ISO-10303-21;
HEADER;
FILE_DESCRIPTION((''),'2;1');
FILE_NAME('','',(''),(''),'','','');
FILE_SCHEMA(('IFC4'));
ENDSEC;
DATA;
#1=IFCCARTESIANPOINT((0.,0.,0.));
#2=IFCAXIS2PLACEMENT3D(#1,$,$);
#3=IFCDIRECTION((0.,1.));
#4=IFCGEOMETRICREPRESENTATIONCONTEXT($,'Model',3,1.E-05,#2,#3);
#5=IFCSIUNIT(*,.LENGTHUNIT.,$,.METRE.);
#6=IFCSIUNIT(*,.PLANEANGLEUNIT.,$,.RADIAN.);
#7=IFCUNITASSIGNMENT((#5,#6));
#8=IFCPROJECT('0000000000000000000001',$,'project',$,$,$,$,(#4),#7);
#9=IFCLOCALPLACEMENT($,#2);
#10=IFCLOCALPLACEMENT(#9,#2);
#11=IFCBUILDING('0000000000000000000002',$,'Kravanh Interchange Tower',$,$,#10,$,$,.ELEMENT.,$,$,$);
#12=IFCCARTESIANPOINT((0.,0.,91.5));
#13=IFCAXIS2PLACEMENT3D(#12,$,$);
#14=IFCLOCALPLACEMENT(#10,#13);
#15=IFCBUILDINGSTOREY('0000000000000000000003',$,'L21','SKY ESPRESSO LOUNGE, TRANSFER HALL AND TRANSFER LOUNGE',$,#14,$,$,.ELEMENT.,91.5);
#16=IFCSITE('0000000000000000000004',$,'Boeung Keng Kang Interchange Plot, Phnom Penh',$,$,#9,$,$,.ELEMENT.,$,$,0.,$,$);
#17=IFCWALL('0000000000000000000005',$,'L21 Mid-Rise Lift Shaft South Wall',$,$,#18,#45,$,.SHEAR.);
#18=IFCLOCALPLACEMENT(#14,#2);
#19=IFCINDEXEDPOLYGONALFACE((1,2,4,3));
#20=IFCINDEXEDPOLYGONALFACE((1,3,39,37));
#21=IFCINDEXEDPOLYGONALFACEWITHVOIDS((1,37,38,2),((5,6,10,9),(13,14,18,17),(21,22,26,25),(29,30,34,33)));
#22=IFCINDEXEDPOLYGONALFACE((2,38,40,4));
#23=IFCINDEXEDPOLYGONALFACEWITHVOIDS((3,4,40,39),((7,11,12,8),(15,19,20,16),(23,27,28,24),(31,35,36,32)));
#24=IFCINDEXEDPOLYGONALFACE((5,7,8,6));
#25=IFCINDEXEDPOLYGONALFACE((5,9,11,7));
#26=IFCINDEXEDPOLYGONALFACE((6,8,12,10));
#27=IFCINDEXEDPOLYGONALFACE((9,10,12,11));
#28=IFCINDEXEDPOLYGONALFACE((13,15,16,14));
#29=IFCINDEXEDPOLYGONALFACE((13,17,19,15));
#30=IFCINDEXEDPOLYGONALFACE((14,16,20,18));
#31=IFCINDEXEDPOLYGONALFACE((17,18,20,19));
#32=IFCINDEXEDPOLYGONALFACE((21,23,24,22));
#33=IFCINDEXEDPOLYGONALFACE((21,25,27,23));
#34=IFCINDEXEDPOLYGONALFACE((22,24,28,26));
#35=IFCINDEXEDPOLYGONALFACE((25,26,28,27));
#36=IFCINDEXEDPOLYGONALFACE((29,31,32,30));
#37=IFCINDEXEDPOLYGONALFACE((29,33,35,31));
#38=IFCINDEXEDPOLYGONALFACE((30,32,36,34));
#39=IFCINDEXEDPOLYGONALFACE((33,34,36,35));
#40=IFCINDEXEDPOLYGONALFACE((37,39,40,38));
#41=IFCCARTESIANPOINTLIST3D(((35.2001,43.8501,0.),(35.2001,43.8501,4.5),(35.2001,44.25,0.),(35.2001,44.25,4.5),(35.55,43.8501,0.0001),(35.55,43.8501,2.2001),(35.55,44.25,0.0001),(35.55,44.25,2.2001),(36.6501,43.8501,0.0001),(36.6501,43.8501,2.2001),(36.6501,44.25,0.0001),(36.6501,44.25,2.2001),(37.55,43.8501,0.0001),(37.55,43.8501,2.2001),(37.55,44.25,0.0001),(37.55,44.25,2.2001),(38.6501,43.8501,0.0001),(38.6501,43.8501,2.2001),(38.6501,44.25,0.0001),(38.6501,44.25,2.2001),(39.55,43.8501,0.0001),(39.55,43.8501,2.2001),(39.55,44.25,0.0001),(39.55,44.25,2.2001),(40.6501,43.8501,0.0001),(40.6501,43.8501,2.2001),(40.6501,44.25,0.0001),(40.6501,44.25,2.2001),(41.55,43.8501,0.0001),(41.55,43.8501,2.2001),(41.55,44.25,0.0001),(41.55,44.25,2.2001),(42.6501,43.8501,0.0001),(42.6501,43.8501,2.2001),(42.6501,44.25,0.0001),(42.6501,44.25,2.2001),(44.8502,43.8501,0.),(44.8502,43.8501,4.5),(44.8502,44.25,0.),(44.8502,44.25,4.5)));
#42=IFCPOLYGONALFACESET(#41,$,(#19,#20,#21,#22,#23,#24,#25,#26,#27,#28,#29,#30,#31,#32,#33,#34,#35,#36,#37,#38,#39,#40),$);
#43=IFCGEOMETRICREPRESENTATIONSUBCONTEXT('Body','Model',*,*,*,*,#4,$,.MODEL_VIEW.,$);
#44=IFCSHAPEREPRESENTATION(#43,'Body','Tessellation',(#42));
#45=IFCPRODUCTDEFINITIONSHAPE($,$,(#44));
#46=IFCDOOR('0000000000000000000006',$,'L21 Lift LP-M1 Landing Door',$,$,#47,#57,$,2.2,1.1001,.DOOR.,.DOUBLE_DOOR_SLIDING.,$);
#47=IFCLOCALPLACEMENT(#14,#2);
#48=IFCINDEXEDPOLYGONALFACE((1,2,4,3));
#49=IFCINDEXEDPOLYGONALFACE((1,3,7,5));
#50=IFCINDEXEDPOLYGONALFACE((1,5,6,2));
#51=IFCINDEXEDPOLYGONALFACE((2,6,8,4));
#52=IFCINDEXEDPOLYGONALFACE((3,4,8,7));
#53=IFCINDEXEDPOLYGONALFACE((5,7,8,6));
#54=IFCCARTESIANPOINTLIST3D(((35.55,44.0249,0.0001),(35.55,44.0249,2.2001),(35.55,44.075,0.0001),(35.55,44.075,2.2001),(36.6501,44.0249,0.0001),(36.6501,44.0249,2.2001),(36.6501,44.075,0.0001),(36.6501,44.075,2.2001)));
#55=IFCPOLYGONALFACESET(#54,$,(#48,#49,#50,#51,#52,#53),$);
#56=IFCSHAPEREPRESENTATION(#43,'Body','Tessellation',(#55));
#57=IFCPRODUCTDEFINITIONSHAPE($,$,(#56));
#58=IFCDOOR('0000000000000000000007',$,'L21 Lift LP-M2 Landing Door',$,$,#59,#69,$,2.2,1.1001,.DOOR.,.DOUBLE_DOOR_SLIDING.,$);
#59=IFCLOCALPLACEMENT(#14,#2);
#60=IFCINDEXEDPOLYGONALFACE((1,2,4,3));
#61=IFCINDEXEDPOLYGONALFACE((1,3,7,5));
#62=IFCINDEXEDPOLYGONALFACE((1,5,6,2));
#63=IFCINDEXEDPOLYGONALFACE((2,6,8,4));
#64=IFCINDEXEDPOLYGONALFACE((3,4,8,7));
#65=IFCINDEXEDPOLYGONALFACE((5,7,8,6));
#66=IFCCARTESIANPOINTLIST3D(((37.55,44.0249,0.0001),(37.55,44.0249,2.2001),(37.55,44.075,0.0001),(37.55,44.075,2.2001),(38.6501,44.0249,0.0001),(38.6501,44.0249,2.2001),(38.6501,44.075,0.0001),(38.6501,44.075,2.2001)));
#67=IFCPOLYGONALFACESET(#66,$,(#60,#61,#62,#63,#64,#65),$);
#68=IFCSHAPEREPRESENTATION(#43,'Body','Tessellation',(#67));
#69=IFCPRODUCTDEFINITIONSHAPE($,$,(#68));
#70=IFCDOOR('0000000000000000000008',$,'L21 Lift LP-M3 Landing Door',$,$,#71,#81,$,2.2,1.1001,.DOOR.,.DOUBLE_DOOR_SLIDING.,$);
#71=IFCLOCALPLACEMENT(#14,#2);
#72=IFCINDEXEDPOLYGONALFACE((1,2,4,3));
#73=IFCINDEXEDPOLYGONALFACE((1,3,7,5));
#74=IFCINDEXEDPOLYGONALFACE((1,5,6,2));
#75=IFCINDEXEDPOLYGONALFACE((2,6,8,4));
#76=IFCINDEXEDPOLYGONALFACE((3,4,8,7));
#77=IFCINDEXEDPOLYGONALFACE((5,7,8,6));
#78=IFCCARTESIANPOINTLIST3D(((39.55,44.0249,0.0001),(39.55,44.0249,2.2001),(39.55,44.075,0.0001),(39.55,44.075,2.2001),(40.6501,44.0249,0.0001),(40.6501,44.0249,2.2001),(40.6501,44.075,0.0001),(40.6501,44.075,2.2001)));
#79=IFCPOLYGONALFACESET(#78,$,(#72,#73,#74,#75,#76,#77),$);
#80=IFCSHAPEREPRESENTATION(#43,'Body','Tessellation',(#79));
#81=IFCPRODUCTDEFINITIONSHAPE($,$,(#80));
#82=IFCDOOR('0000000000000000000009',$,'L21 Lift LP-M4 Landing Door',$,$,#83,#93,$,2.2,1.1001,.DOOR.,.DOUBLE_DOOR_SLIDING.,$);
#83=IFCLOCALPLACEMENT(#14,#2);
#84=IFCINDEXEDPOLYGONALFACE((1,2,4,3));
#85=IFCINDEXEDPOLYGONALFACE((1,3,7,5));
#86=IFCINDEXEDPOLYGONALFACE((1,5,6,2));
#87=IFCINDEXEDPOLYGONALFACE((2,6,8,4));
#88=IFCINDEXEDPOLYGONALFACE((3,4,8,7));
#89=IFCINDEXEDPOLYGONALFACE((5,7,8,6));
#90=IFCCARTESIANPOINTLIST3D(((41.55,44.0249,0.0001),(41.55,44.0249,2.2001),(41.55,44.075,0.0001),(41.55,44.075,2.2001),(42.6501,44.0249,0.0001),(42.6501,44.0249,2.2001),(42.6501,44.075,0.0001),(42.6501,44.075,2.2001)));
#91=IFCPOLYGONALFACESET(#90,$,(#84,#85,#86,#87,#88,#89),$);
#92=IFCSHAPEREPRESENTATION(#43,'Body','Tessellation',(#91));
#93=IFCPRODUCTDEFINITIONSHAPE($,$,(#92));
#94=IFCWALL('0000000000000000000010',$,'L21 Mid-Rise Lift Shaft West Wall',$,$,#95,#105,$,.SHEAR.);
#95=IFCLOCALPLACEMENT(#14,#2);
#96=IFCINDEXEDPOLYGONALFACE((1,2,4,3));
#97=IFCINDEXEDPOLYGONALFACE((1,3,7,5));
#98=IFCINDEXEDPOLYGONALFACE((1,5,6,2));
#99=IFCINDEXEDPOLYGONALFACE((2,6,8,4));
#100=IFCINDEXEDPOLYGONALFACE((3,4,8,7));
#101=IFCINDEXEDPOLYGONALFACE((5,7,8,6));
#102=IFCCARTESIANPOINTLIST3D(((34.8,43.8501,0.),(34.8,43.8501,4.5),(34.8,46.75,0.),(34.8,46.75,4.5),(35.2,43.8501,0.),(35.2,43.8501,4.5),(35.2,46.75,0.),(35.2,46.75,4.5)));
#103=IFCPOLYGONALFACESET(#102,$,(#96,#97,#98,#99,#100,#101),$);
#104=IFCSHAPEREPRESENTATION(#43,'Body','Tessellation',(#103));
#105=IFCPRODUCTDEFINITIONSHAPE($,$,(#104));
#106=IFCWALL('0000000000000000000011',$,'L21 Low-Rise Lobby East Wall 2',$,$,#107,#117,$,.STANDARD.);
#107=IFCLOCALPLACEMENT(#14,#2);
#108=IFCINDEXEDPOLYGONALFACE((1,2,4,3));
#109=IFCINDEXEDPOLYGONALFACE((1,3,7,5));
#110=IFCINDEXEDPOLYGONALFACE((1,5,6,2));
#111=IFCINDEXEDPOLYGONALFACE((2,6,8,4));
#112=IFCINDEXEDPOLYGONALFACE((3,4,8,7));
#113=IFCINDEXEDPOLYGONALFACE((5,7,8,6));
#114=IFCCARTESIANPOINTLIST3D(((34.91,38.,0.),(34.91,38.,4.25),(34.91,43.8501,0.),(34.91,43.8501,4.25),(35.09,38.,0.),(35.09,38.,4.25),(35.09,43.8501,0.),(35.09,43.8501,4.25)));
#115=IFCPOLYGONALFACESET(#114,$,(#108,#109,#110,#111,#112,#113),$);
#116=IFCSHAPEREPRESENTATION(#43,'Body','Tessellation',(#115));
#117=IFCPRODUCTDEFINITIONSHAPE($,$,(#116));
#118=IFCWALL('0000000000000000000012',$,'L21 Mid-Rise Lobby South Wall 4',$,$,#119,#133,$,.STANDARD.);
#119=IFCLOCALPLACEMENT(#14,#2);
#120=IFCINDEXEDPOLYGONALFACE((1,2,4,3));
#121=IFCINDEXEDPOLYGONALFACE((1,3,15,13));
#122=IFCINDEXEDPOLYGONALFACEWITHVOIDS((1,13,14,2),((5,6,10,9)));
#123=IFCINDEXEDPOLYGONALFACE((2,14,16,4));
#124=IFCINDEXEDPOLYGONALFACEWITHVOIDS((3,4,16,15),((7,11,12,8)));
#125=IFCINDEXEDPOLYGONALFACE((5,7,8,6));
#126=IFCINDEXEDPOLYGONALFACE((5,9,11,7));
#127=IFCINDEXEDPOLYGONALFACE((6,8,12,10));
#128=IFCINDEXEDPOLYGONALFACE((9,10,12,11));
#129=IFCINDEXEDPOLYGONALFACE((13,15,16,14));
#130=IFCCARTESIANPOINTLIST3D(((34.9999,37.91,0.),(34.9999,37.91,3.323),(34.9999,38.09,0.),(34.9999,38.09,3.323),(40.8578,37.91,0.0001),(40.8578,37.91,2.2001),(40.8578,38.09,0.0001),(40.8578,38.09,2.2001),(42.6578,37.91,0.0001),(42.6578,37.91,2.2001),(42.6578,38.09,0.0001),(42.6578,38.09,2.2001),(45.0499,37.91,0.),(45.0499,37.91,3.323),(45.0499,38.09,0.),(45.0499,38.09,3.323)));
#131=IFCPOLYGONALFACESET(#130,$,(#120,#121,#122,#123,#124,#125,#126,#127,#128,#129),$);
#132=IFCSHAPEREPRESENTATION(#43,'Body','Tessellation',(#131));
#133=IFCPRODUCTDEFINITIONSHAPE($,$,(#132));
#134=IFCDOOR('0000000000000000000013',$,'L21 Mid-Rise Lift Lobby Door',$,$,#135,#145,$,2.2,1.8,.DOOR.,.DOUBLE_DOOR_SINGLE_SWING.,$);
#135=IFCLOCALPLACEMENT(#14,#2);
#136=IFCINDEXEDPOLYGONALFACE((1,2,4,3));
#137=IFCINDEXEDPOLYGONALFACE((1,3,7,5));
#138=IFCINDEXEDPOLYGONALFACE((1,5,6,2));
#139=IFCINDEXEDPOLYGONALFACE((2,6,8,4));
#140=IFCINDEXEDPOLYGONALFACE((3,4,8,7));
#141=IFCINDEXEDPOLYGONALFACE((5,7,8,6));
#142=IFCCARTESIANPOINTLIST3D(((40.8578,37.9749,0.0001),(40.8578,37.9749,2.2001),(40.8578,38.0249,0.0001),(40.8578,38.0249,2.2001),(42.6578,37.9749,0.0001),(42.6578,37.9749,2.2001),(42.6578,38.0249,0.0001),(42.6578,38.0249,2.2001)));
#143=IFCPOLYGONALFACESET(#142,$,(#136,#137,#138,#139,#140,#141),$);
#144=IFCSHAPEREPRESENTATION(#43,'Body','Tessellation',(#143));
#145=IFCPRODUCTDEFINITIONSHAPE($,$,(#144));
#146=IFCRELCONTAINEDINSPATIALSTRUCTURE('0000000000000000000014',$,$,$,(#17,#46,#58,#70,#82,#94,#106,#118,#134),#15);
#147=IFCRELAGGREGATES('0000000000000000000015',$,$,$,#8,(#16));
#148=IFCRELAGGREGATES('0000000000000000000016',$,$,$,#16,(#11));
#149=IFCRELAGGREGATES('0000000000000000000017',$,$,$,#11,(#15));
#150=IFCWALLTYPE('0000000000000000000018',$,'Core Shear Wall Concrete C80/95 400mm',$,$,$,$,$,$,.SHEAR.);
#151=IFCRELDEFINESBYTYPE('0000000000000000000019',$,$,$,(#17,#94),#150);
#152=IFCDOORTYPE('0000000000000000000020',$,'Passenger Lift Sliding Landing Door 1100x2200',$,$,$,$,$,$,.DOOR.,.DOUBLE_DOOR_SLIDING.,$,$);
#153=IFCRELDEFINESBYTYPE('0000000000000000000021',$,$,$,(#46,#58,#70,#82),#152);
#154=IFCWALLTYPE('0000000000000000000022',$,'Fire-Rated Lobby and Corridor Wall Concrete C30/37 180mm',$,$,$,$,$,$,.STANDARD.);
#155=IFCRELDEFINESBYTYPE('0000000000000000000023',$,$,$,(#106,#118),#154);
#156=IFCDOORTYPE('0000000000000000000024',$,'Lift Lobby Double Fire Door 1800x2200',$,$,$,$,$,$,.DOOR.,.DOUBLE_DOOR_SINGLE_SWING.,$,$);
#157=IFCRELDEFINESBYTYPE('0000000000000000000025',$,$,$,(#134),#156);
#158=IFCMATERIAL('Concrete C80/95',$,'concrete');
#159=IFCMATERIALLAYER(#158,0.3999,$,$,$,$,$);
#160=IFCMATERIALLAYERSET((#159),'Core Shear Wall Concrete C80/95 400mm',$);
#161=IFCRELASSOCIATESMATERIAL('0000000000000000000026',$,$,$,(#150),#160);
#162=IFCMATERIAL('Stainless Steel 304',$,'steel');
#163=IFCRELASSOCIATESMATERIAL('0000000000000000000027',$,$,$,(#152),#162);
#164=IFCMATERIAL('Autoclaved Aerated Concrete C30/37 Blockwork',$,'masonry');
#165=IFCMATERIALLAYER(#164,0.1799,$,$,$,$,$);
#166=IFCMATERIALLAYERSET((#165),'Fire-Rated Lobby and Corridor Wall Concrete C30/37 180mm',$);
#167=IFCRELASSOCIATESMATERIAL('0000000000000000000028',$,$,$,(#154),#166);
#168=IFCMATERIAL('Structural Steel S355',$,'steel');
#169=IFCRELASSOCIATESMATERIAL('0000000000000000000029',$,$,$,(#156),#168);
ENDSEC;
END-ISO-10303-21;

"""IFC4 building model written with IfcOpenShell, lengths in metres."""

from ifc_helpers import new_model, si_unit, direction, frame, frame_2d, origin, place, context, subcontext, project, spatial, rectangle, extrude, material, layer, layer_set, type_object, element, fill, save


model = new_model("IFC4")

# Units and contexts
model_context = context("Model", 3, precision=1e-05, world=origin(), true_north=direction((0.0, 1.0)))
body_context = subcontext(model_context, "Body", "Model", "MODEL_VIEW")
ifc_project = project(units=[si_unit("LENGTHUNIT", "METRE"), si_unit("PLANEANGLEUNIT", "RADIAN")], contexts=[model_context])

# Site, building, storey
site_placement = place(None, origin())
site = spatial("IfcSite", under=ifc_project, at=site_placement, Name="Boeung Keng Kang Interchange Plot, Phnom Penh", CompositionType="ELEMENT", RefElevation=0.0)
building_placement = place(site_placement, origin())
building = spatial("IfcBuilding", under=site, at=building_placement, Name="Kravanh Interchange Tower", CompositionType="ELEMENT")
storey_placement = place(building_placement, frame((0.0, 0.0, 91.5)))
storey = spatial("IfcBuildingStorey", under=building, at=storey_placement, Name="L21", Description="SKY ESPRESSO LOUNGE, TRANSFER HALL AND TRANSFER LOUNGE", CompositionType="ELEMENT", Elevation=91.5)

# Wall, openings, doors
ifc_material_1 = material(Name="Concrete C80/95", Category="concrete")
ifc_layer_1 = layer(ifc_material_1, 0.3999)
ifc_layer_set_1 = layer_set([ifc_layer_1], Name="Core Shear Wall Concrete C80/95 400mm")
wall_type_1 = type_object("IfcWallType", Name="Core Shear Wall Concrete C80/95 400mm", PredefinedType="SHEAR", material=ifc_layer_set_1)
wall_1_placement = place(storey_placement, frame((35.2, 44.05, 0.0), z_axis=(0.0, 0.0, 1.0), x_axis=(1.0, 0.0, 0.0)))
wall_1 = element("IfcWall", 1, at=wall_1_placement, inside=storey, type_object=wall_type_1, Name="L21 Mid-Rise Lift Shaft South Wall", PredefinedType="SHEAR", context=body_context, shape_type="SweptSolid", body=[
    extrude(rectangle(XDim=9.6501, YDim=0.3999, at=frame_2d((4.8252, 0.0))), origin(), (0.0, 0.0, 1.0), 4.5),
])
opening_1_placement = place(wall_1_placement, frame((0.3501, 0.0, 0.0)))
opening_1 = element("IfcOpeningElement", 2, at=opening_1_placement, cuts=wall_1, PredefinedType="OPENING", context=body_context, shape_type="SweptSolid", body=[
    extrude(rectangle(XDim=1.1001, YDim=2.2, at=frame_2d((0.55, 1.1001))), frame((0.0, 0.21, 0.0), z_axis=(0.0, -1.0, 0.0), x_axis=(1.0, 0.0, 0.0)), (0.0, 0.0, 1.0), 0.4199),
])
opening_2_placement = place(wall_1_placement, frame((2.3501, 0.0, 0.0)))
opening_2 = element("IfcOpeningElement", 3, at=opening_2_placement, cuts=wall_1, PredefinedType="OPENING", context=body_context, shape_type="SweptSolid", body=[
    extrude(rectangle(XDim=1.1001, YDim=2.2, at=frame_2d((0.55, 1.1001))), frame((0.0, 0.21, 0.0), z_axis=(0.0, -1.0, 0.0), x_axis=(1.0, 0.0, 0.0)), (0.0, 0.0, 1.0), 0.4199),
])
opening_3_placement = place(wall_1_placement, frame((4.3501, 0.0, 0.0)))
opening_3 = element("IfcOpeningElement", 4, at=opening_3_placement, cuts=wall_1, PredefinedType="OPENING", context=body_context, shape_type="SweptSolid", body=[
    extrude(rectangle(XDim=1.1001, YDim=2.2, at=frame_2d((0.55, 1.1001))), frame((0.0, 0.21, 0.0), z_axis=(0.0, -1.0, 0.0), x_axis=(1.0, 0.0, 0.0)), (0.0, 0.0, 1.0), 0.4199),
])
opening_4_placement = place(wall_1_placement, frame((6.3501, 0.0, 0.0)))
opening_4 = element("IfcOpeningElement", 5, at=opening_4_placement, cuts=wall_1, PredefinedType="OPENING", context=body_context, shape_type="SweptSolid", body=[
    extrude(rectangle(XDim=1.1001, YDim=2.2, at=frame_2d((0.55, 1.1001))), frame((0.0, 0.21, 0.0), z_axis=(0.0, -1.0, 0.0), x_axis=(1.0, 0.0, 0.0)), (0.0, 0.0, 1.0), 0.4199),
])
ifc_material_2 = material(Name="Stainless Steel 304", Category="steel")
door_type_1 = type_object("IfcDoorType", Name="Passenger Lift Sliding Landing Door 1100x2200", OperationType="DOUBLE_DOOR_SLIDING", PredefinedType="DOOR", material=ifc_material_2)
door_1_placement = place(opening_1_placement, origin())
door_1 = element("IfcDoor", 6, at=door_1_placement, inside=storey, type_object=door_type_1, Name="L21 Lift LP-M1 Landing Door", OperationType="DOUBLE_DOOR_SLIDING", OverallHeight=2.2, OverallWidth=1.1001, PredefinedType="DOOR", context=body_context, shape_type="SweptSolid", body=[
    extrude(rectangle(XDim=1.1001, YDim=2.2, at=frame_2d((0.55, 1.1001))), frame((0.0, 0.0249, 0.0), z_axis=(0.0, -1.0, 0.0), x_axis=(1.0, 0.0, 0.0)), (0.0, 0.0, 1.0), 0.05),
])
fill(opening_1, door_1)
door_2_placement = place(opening_2_placement, origin())
door_2 = element("IfcDoor", 7, at=door_2_placement, inside=storey, type_object=door_type_1, Name="L21 Lift LP-M2 Landing Door", OperationType="DOUBLE_DOOR_SLIDING", OverallHeight=2.2, OverallWidth=1.1001, PredefinedType="DOOR", context=body_context, shape_type="SweptSolid", body=[
    extrude(rectangle(XDim=1.1001, YDim=2.2, at=frame_2d((0.55, 1.1001))), frame((0.0, 0.0249, 0.0), z_axis=(0.0, -1.0, 0.0), x_axis=(1.0, 0.0, 0.0)), (0.0, 0.0, 1.0), 0.05),
])
fill(opening_2, door_2)
door_3_placement = place(opening_3_placement, origin())
door_3 = element("IfcDoor", 8, at=door_3_placement, inside=storey, type_object=door_type_1, Name="L21 Lift LP-M3 Landing Door", OperationType="DOUBLE_DOOR_SLIDING", OverallHeight=2.2, OverallWidth=1.1001, PredefinedType="DOOR", context=body_context, shape_type="SweptSolid", body=[
    extrude(rectangle(XDim=1.1001, YDim=2.2, at=frame_2d((0.55, 1.1001))), frame((0.0, 0.0249, 0.0), z_axis=(0.0, -1.0, 0.0), x_axis=(1.0, 0.0, 0.0)), (0.0, 0.0, 1.0), 0.05),
])
fill(opening_3, door_3)
door_4_placement = place(opening_4_placement, origin())
door_4 = element("IfcDoor", 9, at=door_4_placement, inside=storey, type_object=door_type_1, Name="L21 Lift LP-M4 Landing Door", OperationType="DOUBLE_DOOR_SLIDING", OverallHeight=2.2, OverallWidth=1.1001, PredefinedType="DOOR", context=body_context, shape_type="SweptSolid", body=[
    extrude(rectangle(XDim=1.1001, YDim=2.2, at=frame_2d((0.55, 1.1001))), frame((0.0, 0.0249, 0.0), z_axis=(0.0, -1.0, 0.0), x_axis=(1.0, 0.0, 0.0)), (0.0, 0.0, 1.0), 0.05),
])
fill(opening_4, door_4)

# Walls
wall_2_placement = place(storey_placement, frame((35.0, 43.8501, 0.0), z_axis=(0.0, 0.0, 1.0), x_axis=(0.0, 1.0, 0.0)))
element("IfcWall", 10, at=wall_2_placement, inside=storey, type_object=wall_type_1, Name="L21 Mid-Rise Lift Shaft West Wall", PredefinedType="SHEAR", context=body_context, shape_type="SweptSolid", body=[
    extrude(rectangle(XDim=2.8999, YDim=0.3999, at=frame_2d((1.45, 0.0))), origin(), (0.0, 0.0, 1.0), 4.5),
])
ifc_material_3 = material(Name="Autoclaved Aerated Concrete C30/37 Blockwork", Category="masonry")
ifc_layer_2 = layer(ifc_material_3, 0.1799)
ifc_layer_set_2 = layer_set([ifc_layer_2], Name="Fire-Rated Lobby and Corridor Wall Concrete C30/37 180mm")
wall_type_2 = type_object("IfcWallType", Name="Fire-Rated Lobby and Corridor Wall Concrete C30/37 180mm", PredefinedType="STANDARD", material=ifc_layer_set_2)
wall_3_placement = place(storey_placement, frame((35.0, 38.0, 0.0), z_axis=(0.0, 0.0, 1.0), x_axis=(0.0, 1.0, 0.0)))
element("IfcWall", 11, at=wall_3_placement, inside=storey, type_object=wall_type_2, Name="L21 Low-Rise Lobby East Wall 2", PredefinedType="STANDARD", context=body_context, shape_type="SweptSolid", body=[
    extrude(rectangle(XDim=5.8501, YDim=0.1799, at=frame_2d((2.925, 0.0))), origin(), (0.0, 0.0, 1.0), 4.25),
])

# Wall, opening, door
wall_4_placement = place(storey_placement, frame((35.0, 38.0, 0.0), z_axis=(0.0, 0.0, 1.0), x_axis=(1.0, 0.0, 0.0)))
wall_4 = element("IfcWall", 12, at=wall_4_placement, inside=storey, type_object=wall_type_2, Name="L21 Mid-Rise Lobby South Wall 4", PredefinedType="STANDARD", context=body_context, shape_type="SweptSolid", body=[
    extrude(rectangle(XDim=10.05, YDim=0.1799, at=frame_2d((5.0249, 0.0))), origin(), (0.0, 0.0, 1.0), 3.323),
])
opening_5_placement = place(wall_4_placement, frame((5.8579, 0.0, 0.0)))
opening_5 = element("IfcOpeningElement", 13, at=opening_5_placement, cuts=wall_4, PredefinedType="OPENING", context=body_context, shape_type="SweptSolid", body=[
    extrude(rectangle(XDim=1.8, YDim=2.2, at=frame_2d((0.8999, 1.1001))), frame((0.0, 0.1001, 0.0), z_axis=(0.0, -1.0, 0.0), x_axis=(1.0, 0.0, 0.0)), (0.0, 0.0, 1.0), 0.2),
])
ifc_material_4 = material(Name="Structural Steel S355", Category="steel")
door_type_2 = type_object("IfcDoorType", Name="Lift Lobby Double Fire Door 1800x2200", OperationType="DOUBLE_DOOR_SINGLE_SWING", PredefinedType="DOOR", material=ifc_material_4)
door_5_placement = place(opening_5_placement, origin())
door_5 = element("IfcDoor", 14, at=door_5_placement, inside=storey, type_object=door_type_2, Name="L21 Mid-Rise Lift Lobby Door", OperationType="DOUBLE_DOOR_SINGLE_SWING", OverallHeight=2.2, OverallWidth=1.8, PredefinedType="DOOR", context=body_context, shape_type="SweptSolid", body=[
    extrude(rectangle(XDim=1.8, YDim=2.2, at=frame_2d((0.8999, 1.1001))), frame((0.0, 0.0249, 0.0), z_axis=(0.0, -1.0, 0.0), x_axis=(1.0, 0.0, 0.0)), (0.0, 0.0, 1.0), 0.05),
])
fill(opening_5, door_5)

save(model, "model.ifc")
